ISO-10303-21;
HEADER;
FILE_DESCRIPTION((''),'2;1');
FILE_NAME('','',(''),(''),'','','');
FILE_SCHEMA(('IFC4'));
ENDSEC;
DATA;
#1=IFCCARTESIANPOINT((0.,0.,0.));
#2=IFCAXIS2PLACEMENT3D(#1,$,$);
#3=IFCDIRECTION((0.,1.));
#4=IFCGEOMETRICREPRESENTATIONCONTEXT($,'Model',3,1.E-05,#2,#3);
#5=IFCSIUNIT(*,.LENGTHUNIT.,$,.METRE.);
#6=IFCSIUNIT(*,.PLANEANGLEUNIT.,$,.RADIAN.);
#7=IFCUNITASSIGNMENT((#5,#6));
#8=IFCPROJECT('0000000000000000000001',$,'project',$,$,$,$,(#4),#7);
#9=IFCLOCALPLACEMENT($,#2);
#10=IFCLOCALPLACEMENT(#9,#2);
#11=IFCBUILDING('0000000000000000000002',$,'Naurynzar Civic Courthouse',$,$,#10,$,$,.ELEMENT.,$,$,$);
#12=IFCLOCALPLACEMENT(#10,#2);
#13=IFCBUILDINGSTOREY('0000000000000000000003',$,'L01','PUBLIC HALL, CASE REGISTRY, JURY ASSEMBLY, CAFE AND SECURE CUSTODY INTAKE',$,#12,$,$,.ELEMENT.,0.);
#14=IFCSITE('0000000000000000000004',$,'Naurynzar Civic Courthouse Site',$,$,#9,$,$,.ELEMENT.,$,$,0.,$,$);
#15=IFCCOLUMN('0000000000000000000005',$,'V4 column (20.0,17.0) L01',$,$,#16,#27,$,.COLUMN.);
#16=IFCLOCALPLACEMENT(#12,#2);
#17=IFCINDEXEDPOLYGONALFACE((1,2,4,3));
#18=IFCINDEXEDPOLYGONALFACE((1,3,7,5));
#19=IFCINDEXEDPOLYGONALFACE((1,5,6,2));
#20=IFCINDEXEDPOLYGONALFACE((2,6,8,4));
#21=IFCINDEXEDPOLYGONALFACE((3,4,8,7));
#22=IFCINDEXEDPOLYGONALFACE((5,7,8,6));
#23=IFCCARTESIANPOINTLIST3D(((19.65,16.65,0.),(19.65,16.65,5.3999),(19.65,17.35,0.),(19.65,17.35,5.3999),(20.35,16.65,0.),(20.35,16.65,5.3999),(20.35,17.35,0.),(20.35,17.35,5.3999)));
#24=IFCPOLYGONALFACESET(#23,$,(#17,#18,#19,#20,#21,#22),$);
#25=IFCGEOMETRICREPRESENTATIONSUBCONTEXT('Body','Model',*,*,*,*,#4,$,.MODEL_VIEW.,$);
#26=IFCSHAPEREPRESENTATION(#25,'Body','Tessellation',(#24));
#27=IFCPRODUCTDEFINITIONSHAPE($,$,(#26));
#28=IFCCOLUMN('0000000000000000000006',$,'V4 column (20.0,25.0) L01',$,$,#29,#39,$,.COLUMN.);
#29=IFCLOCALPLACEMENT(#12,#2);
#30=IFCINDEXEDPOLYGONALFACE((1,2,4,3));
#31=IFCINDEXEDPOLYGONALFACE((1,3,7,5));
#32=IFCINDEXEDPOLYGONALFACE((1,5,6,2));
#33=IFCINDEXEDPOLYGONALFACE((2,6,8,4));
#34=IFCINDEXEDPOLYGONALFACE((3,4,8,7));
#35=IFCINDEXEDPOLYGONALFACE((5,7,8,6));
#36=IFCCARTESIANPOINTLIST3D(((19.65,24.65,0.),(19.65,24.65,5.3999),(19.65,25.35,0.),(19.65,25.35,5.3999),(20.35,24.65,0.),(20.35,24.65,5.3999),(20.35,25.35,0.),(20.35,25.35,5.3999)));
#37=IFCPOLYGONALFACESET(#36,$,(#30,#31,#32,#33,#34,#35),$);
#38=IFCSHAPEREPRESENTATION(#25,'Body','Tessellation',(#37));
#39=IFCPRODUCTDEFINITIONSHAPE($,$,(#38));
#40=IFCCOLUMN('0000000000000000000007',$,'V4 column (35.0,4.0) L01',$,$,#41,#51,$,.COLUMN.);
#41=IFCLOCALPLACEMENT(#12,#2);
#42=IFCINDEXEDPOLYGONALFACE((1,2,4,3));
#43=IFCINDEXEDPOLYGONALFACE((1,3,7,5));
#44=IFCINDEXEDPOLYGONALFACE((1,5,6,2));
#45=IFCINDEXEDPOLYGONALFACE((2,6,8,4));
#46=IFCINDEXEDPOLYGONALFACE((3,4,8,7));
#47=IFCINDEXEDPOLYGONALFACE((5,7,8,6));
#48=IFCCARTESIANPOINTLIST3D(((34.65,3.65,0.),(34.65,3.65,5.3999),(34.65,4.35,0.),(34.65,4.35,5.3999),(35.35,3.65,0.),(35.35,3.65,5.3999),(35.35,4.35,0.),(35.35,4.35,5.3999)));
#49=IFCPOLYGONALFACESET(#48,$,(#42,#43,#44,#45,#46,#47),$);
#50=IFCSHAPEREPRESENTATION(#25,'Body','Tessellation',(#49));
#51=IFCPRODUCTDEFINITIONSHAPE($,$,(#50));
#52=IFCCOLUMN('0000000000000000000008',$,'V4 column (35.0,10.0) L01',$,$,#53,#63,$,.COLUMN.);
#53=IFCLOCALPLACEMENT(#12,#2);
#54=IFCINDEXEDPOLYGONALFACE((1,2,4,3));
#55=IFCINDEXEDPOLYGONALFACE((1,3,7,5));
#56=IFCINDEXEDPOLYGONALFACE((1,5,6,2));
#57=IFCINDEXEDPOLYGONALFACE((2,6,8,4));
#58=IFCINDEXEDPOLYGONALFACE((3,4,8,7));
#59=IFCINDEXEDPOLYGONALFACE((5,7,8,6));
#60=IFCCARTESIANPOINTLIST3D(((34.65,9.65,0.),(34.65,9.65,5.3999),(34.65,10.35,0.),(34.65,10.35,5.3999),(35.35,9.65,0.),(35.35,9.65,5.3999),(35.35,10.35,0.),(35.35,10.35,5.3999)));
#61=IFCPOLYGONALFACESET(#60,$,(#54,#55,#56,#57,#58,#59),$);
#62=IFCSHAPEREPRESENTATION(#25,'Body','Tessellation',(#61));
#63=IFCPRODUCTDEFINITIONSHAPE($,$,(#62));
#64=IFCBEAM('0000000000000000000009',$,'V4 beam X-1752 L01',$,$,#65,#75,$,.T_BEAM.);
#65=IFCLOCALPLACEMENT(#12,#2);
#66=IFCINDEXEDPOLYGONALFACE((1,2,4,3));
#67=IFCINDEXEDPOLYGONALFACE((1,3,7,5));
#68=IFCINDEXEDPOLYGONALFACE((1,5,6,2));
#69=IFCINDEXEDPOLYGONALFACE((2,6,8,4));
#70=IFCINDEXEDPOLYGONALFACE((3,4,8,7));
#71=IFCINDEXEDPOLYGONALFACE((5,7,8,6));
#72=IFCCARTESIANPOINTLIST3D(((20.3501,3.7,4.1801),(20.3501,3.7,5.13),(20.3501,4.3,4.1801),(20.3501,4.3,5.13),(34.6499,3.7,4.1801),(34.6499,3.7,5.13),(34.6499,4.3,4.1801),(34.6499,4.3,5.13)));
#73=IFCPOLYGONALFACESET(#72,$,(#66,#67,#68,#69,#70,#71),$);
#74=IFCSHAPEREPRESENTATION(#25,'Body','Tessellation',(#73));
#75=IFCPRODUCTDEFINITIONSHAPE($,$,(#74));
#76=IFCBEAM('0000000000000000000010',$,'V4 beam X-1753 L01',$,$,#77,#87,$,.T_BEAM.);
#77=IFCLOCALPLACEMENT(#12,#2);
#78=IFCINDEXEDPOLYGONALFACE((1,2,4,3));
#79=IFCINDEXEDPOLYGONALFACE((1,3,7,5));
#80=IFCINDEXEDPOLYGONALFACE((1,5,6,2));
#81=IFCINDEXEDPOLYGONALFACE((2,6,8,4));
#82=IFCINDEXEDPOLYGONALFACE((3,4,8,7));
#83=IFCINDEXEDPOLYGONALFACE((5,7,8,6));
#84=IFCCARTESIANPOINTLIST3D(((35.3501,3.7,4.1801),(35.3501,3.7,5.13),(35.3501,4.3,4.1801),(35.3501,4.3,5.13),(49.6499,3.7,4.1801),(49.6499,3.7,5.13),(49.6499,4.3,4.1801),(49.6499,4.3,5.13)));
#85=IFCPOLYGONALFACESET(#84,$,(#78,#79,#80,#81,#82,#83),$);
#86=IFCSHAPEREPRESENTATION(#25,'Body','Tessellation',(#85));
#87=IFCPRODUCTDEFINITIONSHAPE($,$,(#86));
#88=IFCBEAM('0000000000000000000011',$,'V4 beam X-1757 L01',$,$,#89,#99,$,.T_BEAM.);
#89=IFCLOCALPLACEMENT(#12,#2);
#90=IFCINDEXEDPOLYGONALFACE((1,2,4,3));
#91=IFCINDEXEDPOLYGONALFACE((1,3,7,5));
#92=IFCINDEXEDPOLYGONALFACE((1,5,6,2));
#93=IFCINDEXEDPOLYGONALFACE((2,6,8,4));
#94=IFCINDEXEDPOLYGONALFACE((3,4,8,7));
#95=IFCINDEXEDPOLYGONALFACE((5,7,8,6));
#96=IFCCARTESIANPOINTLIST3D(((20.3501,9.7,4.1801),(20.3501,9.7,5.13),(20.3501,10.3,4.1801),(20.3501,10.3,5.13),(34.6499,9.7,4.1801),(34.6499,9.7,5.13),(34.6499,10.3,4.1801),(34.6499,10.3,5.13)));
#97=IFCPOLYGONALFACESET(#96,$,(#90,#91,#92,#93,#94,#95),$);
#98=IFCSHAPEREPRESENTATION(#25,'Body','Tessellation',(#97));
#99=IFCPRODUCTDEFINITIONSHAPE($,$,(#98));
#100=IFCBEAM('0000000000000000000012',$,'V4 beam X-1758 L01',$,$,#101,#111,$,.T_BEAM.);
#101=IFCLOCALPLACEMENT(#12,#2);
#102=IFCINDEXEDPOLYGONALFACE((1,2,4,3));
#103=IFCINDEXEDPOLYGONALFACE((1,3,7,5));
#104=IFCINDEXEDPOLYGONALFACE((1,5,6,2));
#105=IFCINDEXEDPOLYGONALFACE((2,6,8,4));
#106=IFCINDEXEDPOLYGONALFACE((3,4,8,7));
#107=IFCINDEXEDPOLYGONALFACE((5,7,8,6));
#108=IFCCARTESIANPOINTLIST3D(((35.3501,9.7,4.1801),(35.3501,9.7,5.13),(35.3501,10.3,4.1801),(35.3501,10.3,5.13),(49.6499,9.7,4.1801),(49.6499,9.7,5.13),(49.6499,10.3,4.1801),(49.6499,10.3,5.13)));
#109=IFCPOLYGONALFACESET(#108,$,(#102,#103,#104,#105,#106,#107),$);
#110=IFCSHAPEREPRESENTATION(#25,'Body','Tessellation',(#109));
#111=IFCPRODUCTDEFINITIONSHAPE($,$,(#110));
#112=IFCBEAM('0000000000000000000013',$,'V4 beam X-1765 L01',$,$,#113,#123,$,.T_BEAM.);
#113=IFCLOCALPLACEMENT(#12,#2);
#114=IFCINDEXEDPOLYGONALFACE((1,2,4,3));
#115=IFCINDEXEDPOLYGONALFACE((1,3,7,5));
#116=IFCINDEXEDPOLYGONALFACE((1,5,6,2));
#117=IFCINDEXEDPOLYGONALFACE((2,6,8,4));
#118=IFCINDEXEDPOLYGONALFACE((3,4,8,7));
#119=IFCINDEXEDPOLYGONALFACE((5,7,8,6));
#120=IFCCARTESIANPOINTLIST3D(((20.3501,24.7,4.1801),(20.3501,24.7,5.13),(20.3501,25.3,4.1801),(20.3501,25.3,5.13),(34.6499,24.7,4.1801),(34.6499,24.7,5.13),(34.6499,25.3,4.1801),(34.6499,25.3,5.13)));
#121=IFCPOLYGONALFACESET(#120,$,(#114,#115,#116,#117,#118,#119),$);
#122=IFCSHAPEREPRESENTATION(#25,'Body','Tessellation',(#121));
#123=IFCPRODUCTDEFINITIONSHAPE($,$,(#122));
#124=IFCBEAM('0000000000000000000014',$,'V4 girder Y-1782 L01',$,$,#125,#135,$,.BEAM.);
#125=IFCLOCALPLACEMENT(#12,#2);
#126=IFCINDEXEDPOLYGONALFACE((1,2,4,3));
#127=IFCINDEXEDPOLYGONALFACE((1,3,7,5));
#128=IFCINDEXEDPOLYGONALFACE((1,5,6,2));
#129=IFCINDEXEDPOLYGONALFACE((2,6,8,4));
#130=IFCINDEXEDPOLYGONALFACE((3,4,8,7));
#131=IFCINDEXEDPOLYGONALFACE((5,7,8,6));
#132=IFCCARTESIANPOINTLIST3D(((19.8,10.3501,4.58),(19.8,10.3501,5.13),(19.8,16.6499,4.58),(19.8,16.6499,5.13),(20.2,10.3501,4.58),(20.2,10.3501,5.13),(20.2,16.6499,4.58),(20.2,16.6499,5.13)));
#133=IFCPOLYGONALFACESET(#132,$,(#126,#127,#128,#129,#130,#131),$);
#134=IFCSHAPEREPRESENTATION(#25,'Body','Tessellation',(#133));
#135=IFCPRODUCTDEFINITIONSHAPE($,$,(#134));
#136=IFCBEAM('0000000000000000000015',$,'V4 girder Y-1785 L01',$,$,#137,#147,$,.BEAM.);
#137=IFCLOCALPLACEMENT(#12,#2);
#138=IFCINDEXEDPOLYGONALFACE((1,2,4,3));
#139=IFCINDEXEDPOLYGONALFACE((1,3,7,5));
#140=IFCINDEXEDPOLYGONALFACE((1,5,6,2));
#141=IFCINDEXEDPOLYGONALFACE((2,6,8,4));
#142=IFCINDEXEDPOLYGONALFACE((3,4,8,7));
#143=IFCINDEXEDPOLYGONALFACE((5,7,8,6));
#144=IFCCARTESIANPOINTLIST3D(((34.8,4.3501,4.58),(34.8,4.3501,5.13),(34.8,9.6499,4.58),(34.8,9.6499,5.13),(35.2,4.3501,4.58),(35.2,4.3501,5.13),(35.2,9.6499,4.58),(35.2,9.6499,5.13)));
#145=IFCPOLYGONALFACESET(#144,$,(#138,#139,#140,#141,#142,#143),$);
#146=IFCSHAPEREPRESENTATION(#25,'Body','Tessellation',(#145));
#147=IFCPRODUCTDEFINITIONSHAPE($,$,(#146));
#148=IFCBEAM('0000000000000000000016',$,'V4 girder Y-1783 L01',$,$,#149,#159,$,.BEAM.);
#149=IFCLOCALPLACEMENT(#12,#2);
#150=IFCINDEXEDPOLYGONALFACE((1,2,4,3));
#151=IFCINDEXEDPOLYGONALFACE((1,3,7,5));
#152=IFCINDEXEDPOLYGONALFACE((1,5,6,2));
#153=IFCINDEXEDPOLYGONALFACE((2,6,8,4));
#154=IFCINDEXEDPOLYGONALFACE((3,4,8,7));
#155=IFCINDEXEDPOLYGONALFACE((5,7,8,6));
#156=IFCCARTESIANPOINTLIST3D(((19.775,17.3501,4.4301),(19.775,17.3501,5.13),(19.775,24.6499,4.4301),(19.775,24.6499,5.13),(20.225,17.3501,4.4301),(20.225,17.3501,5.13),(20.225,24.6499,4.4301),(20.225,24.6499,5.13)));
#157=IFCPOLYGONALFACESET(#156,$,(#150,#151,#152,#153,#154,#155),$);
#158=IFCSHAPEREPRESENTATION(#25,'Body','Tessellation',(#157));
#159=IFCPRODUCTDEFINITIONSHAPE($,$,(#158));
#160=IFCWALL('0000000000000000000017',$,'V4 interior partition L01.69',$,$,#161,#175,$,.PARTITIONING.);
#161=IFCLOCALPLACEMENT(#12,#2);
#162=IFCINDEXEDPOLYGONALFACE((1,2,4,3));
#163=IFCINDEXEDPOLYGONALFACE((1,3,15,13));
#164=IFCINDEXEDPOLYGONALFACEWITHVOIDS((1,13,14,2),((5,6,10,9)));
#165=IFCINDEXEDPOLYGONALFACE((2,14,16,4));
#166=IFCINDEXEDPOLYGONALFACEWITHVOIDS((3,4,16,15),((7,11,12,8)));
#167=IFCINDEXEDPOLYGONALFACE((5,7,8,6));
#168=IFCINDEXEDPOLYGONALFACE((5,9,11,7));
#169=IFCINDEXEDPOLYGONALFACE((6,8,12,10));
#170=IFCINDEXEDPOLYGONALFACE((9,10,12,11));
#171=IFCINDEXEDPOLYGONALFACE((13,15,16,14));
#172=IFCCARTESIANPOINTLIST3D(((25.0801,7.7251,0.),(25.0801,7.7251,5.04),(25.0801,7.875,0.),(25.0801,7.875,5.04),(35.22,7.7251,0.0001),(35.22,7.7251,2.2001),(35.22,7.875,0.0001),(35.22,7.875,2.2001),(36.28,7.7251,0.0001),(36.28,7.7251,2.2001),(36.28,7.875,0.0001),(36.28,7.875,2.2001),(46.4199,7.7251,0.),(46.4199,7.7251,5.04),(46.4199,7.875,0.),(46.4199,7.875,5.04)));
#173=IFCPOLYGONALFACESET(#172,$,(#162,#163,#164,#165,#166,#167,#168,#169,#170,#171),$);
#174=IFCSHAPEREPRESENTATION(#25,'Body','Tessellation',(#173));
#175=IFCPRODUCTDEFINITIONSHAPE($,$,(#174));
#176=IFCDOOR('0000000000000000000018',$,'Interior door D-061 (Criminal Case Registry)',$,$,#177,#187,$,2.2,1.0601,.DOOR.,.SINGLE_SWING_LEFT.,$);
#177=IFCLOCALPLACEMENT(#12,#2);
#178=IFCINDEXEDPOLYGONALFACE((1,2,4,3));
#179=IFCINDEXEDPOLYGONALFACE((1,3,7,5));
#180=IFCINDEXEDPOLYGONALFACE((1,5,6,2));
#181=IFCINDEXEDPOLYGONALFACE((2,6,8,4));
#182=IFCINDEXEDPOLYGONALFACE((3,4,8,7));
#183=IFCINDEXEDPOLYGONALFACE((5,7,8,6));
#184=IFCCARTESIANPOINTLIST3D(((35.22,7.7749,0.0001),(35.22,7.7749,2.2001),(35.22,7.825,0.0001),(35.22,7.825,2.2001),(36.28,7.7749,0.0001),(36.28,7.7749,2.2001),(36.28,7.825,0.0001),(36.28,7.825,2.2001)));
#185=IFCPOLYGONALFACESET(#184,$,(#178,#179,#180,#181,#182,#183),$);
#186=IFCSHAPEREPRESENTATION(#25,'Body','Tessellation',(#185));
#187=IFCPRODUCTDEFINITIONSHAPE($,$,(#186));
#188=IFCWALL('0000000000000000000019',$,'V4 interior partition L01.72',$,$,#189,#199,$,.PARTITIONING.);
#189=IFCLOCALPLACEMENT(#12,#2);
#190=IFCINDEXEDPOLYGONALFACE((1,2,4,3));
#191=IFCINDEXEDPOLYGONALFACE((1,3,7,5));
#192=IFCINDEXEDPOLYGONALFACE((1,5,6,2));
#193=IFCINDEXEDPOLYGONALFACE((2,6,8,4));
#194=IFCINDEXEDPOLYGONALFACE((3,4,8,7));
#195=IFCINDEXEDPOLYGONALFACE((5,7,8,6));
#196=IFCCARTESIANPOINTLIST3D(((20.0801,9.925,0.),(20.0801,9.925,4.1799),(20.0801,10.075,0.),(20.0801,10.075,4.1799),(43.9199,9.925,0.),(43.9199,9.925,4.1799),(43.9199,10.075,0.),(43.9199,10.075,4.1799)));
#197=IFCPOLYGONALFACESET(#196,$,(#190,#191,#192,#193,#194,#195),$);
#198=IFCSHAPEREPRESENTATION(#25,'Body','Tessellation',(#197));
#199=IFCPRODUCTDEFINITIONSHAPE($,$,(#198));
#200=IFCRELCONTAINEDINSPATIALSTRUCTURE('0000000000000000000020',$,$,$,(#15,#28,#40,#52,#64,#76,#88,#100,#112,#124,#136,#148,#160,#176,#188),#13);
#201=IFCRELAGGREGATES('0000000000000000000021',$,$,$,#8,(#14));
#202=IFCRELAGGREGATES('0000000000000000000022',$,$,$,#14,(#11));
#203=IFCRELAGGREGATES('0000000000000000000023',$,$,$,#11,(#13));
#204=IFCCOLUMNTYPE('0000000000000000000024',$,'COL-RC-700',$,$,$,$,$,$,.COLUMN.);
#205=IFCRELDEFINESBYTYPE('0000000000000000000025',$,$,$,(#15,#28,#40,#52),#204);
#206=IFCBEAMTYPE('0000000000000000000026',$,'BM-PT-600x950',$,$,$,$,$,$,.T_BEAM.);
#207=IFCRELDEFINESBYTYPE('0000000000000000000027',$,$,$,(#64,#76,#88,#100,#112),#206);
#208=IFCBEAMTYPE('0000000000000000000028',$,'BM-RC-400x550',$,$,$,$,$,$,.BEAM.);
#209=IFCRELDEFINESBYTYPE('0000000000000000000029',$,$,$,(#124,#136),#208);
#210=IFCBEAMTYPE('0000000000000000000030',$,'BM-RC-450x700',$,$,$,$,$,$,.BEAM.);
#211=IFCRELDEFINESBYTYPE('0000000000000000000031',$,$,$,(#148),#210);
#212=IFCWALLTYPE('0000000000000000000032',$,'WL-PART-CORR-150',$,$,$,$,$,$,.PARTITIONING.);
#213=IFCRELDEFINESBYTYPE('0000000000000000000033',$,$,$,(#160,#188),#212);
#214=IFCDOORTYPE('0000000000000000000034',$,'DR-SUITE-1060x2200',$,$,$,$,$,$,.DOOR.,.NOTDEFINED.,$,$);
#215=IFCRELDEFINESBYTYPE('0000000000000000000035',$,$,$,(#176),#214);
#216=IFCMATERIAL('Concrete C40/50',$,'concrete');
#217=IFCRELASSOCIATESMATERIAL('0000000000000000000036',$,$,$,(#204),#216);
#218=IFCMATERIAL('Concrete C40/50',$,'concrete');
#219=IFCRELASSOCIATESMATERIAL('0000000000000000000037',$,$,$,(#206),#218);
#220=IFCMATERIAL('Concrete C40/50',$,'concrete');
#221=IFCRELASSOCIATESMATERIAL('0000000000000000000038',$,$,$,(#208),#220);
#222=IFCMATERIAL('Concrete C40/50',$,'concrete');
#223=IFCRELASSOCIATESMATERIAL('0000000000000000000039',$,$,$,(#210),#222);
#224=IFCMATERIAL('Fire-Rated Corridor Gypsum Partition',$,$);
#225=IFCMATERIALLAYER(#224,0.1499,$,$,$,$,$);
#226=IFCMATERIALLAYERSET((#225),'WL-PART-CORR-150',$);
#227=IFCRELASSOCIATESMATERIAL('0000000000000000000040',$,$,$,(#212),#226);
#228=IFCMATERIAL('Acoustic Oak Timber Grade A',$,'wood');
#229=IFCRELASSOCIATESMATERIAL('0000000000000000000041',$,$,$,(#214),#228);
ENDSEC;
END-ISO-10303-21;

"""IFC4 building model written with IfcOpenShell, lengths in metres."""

from ifc_helpers import new_model, si_unit, direction, frame, frame_2d, origin, origin_2d, place, context, subcontext, project, spatial, rectangle, extrude, material, layer, layer_set, material_profile, profile_set, type_object, element, fill, save


model = new_model("IFC4")

# Units and contexts
model_context = context("Model", 3, precision=1e-05, world=origin(), true_north=direction((0.0, 1.0)))
body_context = subcontext(model_context, "Body", "Model", "MODEL_VIEW")
ifc_project = project(units=[si_unit("LENGTHUNIT", "METRE"), si_unit("PLANEANGLEUNIT", "RADIAN")], contexts=[model_context])

# Site, building, storey
site_placement = place(None, origin())
site = spatial("IfcSite", under=ifc_project, at=site_placement, Name="Naurynzar Civic Courthouse Site", CompositionType="ELEMENT", RefElevation=0.0)
building_placement = place(site_placement, origin())
building = spatial("IfcBuilding", under=site, at=building_placement, Name="Naurynzar Civic Courthouse", CompositionType="ELEMENT")
storey_placement = place(building_placement, origin())
storey = spatial("IfcBuildingStorey", under=building, at=storey_placement, Name="L01", Description="PUBLIC HALL, CASE REGISTRY, JURY ASSEMBLY, CAFE AND SECURE CUSTODY INTAKE", CompositionType="ELEMENT", Elevation=0.0)

# Columns
ifc_material_1 = material(Name="Concrete C40/50", Category="concrete")
ifc_material_profile_1 = material_profile(ifc_material_1, rectangle(XDim=0.7, YDim=0.7, at=origin_2d()), Name="RC 700x700")
ifc_profile_set_1 = profile_set([ifc_material_profile_1], Name="Concrete C40/50")
column_type = type_object("IfcColumnType", Name="COL-RC-700", PredefinedType="COLUMN", material=ifc_profile_set_1)
for number, where, z_axis, x_axis, name in (
    (1, (20.0, 17.0, 0.0), (0.0, 0.0, 1.0), (1.0, 0.0, 0.0), "V4 column (20.0,17.0) L01"),
    (2, (20.0, 25.0, 0.0), (0.0, 0.0, 1.0), (1.0, 0.0, 0.0), "V4 column (20.0,25.0) L01"),
    (3, (35.0, 4.0, 0.0), (0.0, 0.0, 1.0), (1.0, 0.0, 0.0), "V4 column (35.0,4.0) L01"),
    (4, (35.0, 10.0, 0.0), (0.0, 0.0, 1.0), (1.0, 0.0, 0.0), "V4 column (35.0,10.0) L01"),
):
    element("IfcColumn", number, at=place(storey_placement, frame(where, z_axis=z_axis, x_axis=x_axis)), inside=storey, type_object=column_type, Name=name, PredefinedType="COLUMN", context=body_context, shape_type="SweptSolid", body=[
        extrude(rectangle(XDim=0.7, YDim=0.7, at=origin_2d()), origin(), (0.0, 0.0, 1.0), 5.3999),
    ])

# Beams
ifc_material_2 = material(Name="Concrete C40/50", Category="concrete")
ifc_material_profile_2 = material_profile(ifc_material_2, rectangle(XDim=0.6001, YDim=0.95, at=origin_2d()), Name="PTB 600x950")
ifc_profile_set_2 = profile_set([ifc_material_profile_2], Name="Concrete C40/50")
beam_type_1 = type_object("IfcBeamType", Name="BM-PT-600x950", PredefinedType="T_BEAM", material=ifc_profile_set_2)
for number, where, z_axis, x_axis, name in (
    (5, (20.3501, 4.0, 4.655), (1.0, 0.0, 0.0), (0.0, 1.0, 0.0), "V4 beam X-1752 L01"),
    (6, (35.3501, 4.0, 4.655), (1.0, 0.0, 0.0), (0.0, 1.0, 0.0), "V4 beam X-1753 L01"),
    (7, (20.3501, 10.0, 4.655), (1.0, 0.0, 0.0), (0.0, 1.0, 0.0), "V4 beam X-1757 L01"),
    (8, (35.3501, 10.0, 4.655), (1.0, 0.0, 0.0), (0.0, 1.0, 0.0), "V4 beam X-1758 L01"),
    (9, (20.3501, 25.0, 4.655), (1.0, 0.0, 0.0), (0.0, 1.0, 0.0), "V4 beam X-1765 L01"),
):
    element("IfcBeam", number, at=place(storey_placement, frame(where, z_axis=z_axis, x_axis=x_axis)), inside=storey, type_object=beam_type_1, Name=name, PredefinedType="T_BEAM", context=body_context, shape_type="SweptSolid", body=[
        extrude(rectangle(XDim=0.6001, YDim=0.95, at=origin_2d()), origin(), (0.0, 0.0, 1.0), 14.2998),
    ])
ifc_material_3 = material(Name="Concrete C40/50", Category="concrete")
ifc_material_profile_3 = material_profile(ifc_material_3, rectangle(XDim=0.3999, YDim=0.55, at=origin_2d()), Name="RCB 400x550")
ifc_profile_set_3 = profile_set([ifc_material_profile_3], Name="Concrete C40/50")
beam_type_2 = type_object("IfcBeamType", Name="BM-RC-400x550", PredefinedType="BEAM", material=ifc_profile_set_3)
beam_1_placement = place(storey_placement, frame((20.0, 10.3501, 4.855), z_axis=(0.0, 1.0, 0.0), x_axis=(-1.0, 0.0, 0.0)))
element("IfcBeam", 10, at=beam_1_placement, inside=storey, type_object=beam_type_2, Name="V4 girder Y-1782 L01", PredefinedType="BEAM", context=body_context, shape_type="SweptSolid", body=[
    extrude(rectangle(XDim=0.3999, YDim=0.55, at=origin_2d()), origin(), (0.0, 0.0, 1.0), 6.2998),
])
beam_2_placement = place(storey_placement, frame((35.0, 4.3501, 4.855), z_axis=(0.0, 1.0, 0.0), x_axis=(-1.0, 0.0, 0.0)))
element("IfcBeam", 11, at=beam_2_placement, inside=storey, type_object=beam_type_2, Name="V4 girder Y-1785 L01", PredefinedType="BEAM", context=body_context, shape_type="SweptSolid", body=[
    extrude(rectangle(XDim=0.3999, YDim=0.55, at=origin_2d()), origin(), (0.0, 0.0, 1.0), 5.2998),
])
ifc_material_4 = material(Name="Concrete C40/50", Category="concrete")
ifc_material_profile_4 = material_profile(ifc_material_4, rectangle(XDim=0.45, YDim=0.7, at=origin_2d()), Name="RCB 450x700")
ifc_profile_set_4 = profile_set([ifc_material_profile_4], Name="Concrete C40/50")
beam_type_3 = type_object("IfcBeamType", Name="BM-RC-450x700", PredefinedType="BEAM", material=ifc_profile_set_4)
beam_3_placement = place(storey_placement, frame((20.0, 17.3501, 4.78), z_axis=(0.0, 1.0, 0.0), x_axis=(-1.0, 0.0, 0.0)))
element("IfcBeam", 12, at=beam_3_placement, inside=storey, type_object=beam_type_3, Name="V4 girder Y-1783 L01", PredefinedType="BEAM", context=body_context, shape_type="SweptSolid", body=[
    extrude(rectangle(XDim=0.45, YDim=0.7, at=origin_2d()), origin(), (0.0, 0.0, 1.0), 7.2998),
])

# Wall, opening, door
ifc_material_5 = material(Name="Fire-Rated Corridor Gypsum Partition")
ifc_layer_1 = layer(ifc_material_5, 0.1499)
ifc_layer_set_1 = layer_set([ifc_layer_1], Name="WL-PART-CORR-150")
wall_type_1 = type_object("IfcWallType", Name="WL-PART-CORR-150", PredefinedType="PARTITIONING", material=ifc_layer_set_1)
wall_1_placement = place(storey_placement, frame((25.0801, 7.8, 0.0), z_axis=(0.0, 0.0, 1.0), x_axis=(1.0, 0.0, 0.0)))
wall_1 = element("IfcWall", 13, at=wall_1_placement, inside=storey, type_object=wall_type_1, Name="V4 interior partition L01.69", PredefinedType="PARTITIONING", context=body_context, shape_type="SweptSolid", body=[
    extrude(rectangle(XDim=21.3398, YDim=0.1499, at=frame_2d((10.6699, 0.0))), origin(), (0.0, 0.0, 1.0), 5.04),
])
opening_1_placement = place(wall_1_placement, frame((10.1399, 0.0, 0.0)))
opening_1 = element("IfcOpeningElement", 14, at=opening_1_placement, cuts=wall_1, PredefinedType="OPENING", context=body_context, shape_type="SweptSolid", body=[
    extrude(rectangle(XDim=1.0601, YDim=2.2, at=frame_2d((0.53, 1.1001))), frame((0.0, 0.085, 0.0), z_axis=(0.0, -1.0, 0.0), x_axis=(1.0, 0.0, 0.0)), (0.0, 0.0, 1.0), 0.1699),
])
ifc_material_6 = material(Name="Acoustic Oak Timber Grade A", Category="wood")
door_type_1 = type_object("IfcDoorType", Name="DR-SUITE-1060x2200", OperationType="NOTDEFINED", PredefinedType="DOOR", material=ifc_material_6)
door_1_placement = place(opening_1_placement, origin())
door_1 = element("IfcDoor", 15, at=door_1_placement, inside=storey, type_object=door_type_1, Name="Interior door D-061 (Criminal Case Registry)", OperationType="SINGLE_SWING_LEFT", OverallHeight=2.2, OverallWidth=1.0601, PredefinedType="DOOR", context=body_context, shape_type="SweptSolid", body=[
    extrude(rectangle(XDim=1.0601, YDim=2.2, at=frame_2d((0.53, 1.1001))), frame((0.0, 0.0249, 0.0), z_axis=(0.0, -1.0, 0.0), x_axis=(1.0, 0.0, 0.0)), (0.0, 0.0, 1.0), 0.05),
])
fill(opening_1, door_1)

# Wall
wall_2_placement = place(storey_placement, frame((20.0801, 10.0, 0.0), z_axis=(0.0, 0.0, 1.0), x_axis=(1.0, 0.0, 0.0)))
element("IfcWall", 16, at=wall_2_placement, inside=storey, type_object=wall_type_1, Name="V4 interior partition L01.72", PredefinedType="PARTITIONING", context=body_context, shape_type="SweptSolid", body=[
    extrude(rectangle(XDim=23.8398, YDim=0.1499, at=frame_2d((11.9199, 0.0))), origin(), (0.0, 0.0, 1.0), 4.1799),
])

save(model, "model.ifc")
